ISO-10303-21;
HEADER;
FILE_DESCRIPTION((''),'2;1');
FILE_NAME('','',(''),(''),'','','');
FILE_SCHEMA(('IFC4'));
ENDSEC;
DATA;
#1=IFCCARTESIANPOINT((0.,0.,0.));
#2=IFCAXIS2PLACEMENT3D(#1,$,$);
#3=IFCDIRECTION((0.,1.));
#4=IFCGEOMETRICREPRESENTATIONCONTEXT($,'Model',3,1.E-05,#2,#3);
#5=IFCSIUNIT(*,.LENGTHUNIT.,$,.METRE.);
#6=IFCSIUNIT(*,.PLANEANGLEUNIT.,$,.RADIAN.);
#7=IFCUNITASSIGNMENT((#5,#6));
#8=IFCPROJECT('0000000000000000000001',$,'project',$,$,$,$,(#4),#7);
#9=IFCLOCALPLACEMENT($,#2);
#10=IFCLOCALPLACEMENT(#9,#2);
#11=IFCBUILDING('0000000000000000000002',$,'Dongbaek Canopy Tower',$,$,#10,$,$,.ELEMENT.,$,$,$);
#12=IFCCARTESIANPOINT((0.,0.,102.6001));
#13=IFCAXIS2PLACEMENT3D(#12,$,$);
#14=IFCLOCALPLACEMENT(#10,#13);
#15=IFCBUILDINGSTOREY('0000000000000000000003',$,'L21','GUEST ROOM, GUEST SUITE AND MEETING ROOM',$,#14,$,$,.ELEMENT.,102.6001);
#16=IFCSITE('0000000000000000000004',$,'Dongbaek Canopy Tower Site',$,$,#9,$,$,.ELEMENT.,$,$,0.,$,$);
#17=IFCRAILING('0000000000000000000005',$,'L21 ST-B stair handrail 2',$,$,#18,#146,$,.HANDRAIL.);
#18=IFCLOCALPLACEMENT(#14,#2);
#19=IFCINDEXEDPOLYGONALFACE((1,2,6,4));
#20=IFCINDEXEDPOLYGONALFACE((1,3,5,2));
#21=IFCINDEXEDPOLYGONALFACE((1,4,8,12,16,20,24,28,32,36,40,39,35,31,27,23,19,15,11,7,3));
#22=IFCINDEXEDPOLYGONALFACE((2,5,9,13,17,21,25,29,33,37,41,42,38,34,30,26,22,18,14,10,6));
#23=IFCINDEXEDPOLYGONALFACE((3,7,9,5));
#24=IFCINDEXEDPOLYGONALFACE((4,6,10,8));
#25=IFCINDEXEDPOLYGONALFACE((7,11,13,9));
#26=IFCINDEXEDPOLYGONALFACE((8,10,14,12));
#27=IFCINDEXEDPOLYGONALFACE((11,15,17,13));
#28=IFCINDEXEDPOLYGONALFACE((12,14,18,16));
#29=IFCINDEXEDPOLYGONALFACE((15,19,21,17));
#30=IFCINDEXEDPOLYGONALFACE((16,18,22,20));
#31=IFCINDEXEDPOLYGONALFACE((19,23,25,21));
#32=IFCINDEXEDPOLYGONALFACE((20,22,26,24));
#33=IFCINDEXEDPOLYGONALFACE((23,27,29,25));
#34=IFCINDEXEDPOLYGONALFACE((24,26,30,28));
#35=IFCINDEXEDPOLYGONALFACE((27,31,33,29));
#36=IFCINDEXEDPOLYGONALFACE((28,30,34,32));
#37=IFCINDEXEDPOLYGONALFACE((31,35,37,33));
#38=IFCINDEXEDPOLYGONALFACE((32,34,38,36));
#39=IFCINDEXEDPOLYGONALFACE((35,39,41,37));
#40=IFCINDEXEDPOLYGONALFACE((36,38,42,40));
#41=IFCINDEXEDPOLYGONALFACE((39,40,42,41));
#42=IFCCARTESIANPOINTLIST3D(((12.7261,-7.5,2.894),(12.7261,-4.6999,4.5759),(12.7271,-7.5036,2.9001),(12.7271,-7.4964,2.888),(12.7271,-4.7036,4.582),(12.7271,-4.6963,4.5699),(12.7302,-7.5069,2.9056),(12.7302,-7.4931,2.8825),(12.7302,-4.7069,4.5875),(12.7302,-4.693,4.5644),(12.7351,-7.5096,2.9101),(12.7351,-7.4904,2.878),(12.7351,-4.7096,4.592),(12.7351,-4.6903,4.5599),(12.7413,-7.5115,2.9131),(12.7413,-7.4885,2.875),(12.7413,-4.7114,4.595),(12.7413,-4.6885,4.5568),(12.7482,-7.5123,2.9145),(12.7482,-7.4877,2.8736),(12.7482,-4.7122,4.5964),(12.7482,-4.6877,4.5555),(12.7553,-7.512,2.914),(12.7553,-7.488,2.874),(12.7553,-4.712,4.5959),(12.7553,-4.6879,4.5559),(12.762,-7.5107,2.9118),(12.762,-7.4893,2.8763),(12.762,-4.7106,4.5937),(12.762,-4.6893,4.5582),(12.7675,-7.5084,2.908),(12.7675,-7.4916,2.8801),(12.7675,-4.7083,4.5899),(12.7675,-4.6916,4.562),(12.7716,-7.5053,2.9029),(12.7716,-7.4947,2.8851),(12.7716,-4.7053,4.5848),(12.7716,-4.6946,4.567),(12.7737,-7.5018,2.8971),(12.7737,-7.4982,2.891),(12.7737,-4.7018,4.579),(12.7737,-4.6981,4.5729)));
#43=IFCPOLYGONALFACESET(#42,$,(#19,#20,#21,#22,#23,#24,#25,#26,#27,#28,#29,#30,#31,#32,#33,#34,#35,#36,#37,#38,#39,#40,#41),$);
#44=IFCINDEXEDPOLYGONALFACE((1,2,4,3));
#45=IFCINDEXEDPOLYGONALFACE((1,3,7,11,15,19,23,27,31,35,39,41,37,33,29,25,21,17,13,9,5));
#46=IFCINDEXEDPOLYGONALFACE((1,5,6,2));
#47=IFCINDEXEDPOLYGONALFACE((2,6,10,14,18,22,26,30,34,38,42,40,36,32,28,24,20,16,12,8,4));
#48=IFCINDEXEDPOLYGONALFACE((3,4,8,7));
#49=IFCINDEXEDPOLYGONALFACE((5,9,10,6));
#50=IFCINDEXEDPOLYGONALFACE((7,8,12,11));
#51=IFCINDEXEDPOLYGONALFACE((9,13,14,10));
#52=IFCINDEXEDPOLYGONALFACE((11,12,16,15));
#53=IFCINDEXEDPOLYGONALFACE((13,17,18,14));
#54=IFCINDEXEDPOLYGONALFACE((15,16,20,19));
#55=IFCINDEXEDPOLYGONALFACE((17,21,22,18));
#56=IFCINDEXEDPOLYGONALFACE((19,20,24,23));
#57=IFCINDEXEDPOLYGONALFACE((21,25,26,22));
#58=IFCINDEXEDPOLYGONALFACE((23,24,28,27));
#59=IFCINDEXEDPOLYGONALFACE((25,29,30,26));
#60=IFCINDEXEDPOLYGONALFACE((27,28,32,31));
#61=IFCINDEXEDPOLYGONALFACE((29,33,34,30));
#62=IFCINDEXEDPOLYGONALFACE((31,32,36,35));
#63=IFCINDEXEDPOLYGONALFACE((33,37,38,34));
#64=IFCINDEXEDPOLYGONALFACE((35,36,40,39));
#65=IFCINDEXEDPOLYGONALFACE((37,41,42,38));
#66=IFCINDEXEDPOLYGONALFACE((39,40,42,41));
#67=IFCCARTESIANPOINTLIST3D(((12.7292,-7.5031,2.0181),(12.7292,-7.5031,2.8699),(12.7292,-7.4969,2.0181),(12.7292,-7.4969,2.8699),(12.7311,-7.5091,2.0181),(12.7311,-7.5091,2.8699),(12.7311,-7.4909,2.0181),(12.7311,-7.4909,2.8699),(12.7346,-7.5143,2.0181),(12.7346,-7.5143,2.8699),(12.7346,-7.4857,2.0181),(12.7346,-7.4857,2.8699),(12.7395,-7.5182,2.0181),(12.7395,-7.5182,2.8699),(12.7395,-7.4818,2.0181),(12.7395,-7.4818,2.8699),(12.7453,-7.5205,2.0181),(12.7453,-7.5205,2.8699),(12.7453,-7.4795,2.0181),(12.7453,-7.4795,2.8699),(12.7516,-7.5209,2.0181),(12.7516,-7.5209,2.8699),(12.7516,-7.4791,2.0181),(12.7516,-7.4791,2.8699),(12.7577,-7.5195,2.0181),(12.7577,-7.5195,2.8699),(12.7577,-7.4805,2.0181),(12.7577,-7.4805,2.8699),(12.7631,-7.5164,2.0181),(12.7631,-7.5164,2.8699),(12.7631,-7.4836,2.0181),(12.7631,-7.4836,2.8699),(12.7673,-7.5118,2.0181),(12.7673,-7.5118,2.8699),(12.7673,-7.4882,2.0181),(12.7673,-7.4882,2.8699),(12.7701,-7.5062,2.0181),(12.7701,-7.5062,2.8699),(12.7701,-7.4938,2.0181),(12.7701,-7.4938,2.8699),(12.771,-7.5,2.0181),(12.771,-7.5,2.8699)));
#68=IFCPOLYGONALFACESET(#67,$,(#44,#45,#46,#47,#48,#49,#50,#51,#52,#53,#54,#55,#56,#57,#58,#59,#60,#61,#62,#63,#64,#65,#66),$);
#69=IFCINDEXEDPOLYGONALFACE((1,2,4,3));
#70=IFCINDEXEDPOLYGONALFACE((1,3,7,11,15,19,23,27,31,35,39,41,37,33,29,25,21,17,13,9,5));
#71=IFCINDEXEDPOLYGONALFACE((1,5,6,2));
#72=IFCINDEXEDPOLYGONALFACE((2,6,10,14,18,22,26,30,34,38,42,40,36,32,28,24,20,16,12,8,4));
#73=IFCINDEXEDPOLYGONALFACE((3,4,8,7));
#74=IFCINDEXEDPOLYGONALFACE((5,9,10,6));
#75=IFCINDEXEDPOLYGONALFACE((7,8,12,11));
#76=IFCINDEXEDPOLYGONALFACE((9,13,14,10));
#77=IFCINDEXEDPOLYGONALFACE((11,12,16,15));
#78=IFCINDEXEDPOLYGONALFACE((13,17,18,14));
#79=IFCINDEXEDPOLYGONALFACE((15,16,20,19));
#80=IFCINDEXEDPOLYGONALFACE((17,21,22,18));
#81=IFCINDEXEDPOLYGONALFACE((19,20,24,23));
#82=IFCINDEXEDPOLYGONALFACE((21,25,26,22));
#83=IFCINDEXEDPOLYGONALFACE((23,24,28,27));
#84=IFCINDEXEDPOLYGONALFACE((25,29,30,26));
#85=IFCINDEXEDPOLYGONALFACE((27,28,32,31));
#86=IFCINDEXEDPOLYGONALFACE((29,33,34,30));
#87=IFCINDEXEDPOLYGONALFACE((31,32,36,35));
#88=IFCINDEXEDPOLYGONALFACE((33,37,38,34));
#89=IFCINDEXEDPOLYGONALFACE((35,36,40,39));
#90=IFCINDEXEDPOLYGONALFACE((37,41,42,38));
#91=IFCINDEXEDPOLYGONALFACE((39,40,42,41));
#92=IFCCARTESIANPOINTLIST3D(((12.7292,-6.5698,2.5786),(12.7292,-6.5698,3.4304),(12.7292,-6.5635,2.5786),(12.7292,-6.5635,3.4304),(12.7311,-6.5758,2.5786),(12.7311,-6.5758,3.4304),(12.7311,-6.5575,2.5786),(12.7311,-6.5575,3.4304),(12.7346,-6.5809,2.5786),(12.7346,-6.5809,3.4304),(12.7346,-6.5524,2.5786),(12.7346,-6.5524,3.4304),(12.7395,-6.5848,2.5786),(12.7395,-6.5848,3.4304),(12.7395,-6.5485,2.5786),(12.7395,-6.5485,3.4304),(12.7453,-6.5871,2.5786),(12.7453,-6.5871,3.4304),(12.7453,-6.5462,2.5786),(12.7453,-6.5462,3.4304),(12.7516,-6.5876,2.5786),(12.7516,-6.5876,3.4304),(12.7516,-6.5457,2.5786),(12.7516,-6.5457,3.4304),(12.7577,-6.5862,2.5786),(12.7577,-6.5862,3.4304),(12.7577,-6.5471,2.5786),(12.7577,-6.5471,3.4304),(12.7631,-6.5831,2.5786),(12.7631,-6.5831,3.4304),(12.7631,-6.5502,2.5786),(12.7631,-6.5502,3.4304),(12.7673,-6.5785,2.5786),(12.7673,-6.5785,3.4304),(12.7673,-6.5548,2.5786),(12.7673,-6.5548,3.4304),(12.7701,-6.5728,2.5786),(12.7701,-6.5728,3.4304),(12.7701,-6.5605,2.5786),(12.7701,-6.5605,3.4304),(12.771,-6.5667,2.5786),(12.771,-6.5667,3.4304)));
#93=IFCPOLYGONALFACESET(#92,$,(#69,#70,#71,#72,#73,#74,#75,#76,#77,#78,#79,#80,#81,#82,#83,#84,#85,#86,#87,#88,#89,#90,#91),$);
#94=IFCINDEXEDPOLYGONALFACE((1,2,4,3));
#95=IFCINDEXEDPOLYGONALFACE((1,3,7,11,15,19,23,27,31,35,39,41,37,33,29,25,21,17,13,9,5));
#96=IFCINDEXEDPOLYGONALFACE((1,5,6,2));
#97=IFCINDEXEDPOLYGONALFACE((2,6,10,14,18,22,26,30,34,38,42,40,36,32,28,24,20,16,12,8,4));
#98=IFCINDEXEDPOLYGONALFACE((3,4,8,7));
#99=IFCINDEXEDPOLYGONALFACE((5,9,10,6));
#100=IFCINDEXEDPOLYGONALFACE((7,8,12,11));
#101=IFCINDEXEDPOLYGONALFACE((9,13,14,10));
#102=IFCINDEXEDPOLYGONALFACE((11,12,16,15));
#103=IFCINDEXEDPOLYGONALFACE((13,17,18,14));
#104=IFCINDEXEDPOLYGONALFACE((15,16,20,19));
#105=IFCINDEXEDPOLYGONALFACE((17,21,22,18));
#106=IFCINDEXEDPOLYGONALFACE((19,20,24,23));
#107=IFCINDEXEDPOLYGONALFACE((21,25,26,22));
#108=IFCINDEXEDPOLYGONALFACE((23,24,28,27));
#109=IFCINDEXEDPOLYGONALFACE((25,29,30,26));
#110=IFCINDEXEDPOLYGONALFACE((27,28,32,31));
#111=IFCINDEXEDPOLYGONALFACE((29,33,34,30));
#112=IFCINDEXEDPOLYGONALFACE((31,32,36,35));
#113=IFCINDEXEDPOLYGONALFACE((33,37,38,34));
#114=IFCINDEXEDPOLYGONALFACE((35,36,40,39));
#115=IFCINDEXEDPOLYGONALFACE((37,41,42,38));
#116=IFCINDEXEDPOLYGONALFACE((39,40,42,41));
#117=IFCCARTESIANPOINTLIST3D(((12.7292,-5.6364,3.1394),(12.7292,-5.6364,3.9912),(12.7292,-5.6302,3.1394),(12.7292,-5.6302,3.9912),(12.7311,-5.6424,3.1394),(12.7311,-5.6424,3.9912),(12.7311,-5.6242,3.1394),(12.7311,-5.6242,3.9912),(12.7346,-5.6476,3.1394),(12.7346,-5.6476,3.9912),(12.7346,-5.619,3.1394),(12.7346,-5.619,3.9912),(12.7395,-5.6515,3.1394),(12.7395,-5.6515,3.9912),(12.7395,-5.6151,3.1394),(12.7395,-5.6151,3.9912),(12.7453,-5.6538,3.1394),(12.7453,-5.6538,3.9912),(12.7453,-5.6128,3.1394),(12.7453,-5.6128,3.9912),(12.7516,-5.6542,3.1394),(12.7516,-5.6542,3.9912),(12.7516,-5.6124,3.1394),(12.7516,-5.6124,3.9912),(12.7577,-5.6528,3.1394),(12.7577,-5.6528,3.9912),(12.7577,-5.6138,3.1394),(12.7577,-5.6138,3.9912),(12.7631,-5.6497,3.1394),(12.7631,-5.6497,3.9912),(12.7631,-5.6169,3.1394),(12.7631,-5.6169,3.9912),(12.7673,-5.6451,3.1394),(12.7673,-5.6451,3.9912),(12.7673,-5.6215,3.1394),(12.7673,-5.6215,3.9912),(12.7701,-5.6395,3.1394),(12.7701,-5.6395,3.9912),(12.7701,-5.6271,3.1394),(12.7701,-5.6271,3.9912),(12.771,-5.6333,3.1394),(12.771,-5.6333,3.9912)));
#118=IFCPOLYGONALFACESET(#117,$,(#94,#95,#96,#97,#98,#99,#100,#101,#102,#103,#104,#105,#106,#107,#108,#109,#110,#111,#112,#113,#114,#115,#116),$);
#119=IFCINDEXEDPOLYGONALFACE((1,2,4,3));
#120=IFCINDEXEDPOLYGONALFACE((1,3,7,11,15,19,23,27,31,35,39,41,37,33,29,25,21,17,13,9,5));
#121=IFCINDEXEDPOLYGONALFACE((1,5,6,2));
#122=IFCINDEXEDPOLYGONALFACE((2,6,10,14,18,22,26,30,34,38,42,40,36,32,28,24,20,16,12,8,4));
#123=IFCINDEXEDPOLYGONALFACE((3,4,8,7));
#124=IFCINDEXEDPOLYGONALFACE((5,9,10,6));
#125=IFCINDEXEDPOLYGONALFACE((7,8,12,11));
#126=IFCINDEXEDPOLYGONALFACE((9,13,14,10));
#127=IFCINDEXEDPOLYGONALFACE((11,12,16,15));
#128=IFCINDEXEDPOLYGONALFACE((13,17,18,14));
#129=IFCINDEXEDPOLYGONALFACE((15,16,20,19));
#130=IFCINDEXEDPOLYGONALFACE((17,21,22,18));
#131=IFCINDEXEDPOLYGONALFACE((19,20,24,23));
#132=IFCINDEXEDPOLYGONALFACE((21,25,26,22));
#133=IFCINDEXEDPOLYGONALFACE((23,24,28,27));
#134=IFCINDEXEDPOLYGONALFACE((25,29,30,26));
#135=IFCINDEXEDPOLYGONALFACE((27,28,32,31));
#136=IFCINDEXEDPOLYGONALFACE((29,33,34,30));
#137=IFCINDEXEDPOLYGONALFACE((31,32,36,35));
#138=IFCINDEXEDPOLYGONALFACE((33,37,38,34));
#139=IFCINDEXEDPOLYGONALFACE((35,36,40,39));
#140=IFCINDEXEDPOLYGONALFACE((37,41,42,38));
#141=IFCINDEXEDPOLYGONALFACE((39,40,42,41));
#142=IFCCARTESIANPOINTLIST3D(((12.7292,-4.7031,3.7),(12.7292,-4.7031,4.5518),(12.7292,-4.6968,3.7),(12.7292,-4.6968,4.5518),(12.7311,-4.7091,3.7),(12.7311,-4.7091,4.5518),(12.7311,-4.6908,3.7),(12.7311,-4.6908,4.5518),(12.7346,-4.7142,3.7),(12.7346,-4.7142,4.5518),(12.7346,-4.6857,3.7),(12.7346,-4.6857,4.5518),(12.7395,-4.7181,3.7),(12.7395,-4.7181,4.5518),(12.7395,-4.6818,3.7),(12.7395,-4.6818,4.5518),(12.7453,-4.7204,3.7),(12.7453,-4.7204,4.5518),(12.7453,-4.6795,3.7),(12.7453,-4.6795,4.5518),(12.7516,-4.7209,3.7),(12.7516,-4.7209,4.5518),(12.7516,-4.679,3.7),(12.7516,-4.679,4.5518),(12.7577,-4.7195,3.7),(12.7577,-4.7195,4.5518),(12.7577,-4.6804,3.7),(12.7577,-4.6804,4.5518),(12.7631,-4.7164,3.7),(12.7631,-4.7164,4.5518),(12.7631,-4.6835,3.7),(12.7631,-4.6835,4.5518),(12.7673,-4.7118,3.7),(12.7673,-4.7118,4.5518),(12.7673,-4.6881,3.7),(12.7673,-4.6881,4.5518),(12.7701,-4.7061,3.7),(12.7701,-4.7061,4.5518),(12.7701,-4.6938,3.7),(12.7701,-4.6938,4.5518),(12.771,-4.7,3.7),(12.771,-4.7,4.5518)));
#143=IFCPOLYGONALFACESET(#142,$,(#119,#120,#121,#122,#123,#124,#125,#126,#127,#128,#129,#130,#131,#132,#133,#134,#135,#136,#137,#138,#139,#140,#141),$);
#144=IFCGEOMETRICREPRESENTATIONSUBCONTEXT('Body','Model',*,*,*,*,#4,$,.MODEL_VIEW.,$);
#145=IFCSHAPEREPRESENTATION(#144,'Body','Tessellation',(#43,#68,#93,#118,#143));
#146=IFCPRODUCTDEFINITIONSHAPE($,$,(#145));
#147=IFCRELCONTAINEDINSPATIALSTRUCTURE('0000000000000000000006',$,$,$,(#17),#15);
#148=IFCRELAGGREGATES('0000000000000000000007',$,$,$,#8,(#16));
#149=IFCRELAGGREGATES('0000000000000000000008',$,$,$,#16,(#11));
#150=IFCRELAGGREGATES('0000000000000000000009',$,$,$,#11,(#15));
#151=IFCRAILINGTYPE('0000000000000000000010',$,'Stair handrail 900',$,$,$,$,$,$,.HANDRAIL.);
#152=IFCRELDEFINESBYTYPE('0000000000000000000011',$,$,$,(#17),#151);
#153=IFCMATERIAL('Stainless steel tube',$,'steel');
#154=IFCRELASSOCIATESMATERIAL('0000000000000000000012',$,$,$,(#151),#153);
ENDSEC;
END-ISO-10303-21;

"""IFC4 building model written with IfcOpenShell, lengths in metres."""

from ifc_helpers import new_model, si_unit, direction, frame, origin, origin_2d, place, context, subcontext, project, spatial, circle, extrude, material, type_object, element, save


model = new_model("IFC4")

# Units and contexts
model_context = context("Model", 3, precision=1e-05, world=origin(), true_north=direction((0.0, 1.0)))
body_context = subcontext(model_context, "Body", "Model", "MODEL_VIEW")
ifc_project = project(units=[si_unit("LENGTHUNIT", "METRE"), si_unit("PLANEANGLEUNIT", "RADIAN")], contexts=[model_context])

# Site, building, storey
site_placement = place(None, origin())
site = spatial("IfcSite", under=ifc_project, at=site_placement, Name="Dongbaek Canopy Tower Site", CompositionType="ELEMENT", RefElevation=0.0)
building_placement = place(site_placement, origin())
building = spatial("IfcBuilding", under=site, at=building_placement, Name="Dongbaek Canopy Tower", CompositionType="ELEMENT")
storey_placement = place(building_placement, frame((0.0, 0.0, 102.6001)))
storey = spatial("IfcBuildingStorey", under=building, at=storey_placement, Name="L21", Description="GUEST ROOM, GUEST SUITE AND MEETING ROOM", CompositionType="ELEMENT", Elevation=102.6001)

# Railing
ifc_material_1 = material(Name="Stainless steel tube", Category="steel")
railing_type_1 = type_object("IfcRailingType", Name="Stair handrail 900", PredefinedType="HANDRAIL", material=ifc_material_1)
railing_1_placement = place(storey_placement, frame((12.75, -7.5, 2.0181)))
element("IfcRailing", 1, at=railing_1_placement, inside=storey, type_object=railing_type_1, Name="L21 ST-B stair handrail 2", PredefinedType="HANDRAIL", context=body_context, shape_type="SweptSolid", body=[
    extrude(circle(Radius=0.0239, at=origin_2d()), frame((0.0, 0.0, 0.876), z_axis=(0.0, 0.857242, 0.514913), x_axis=(-1.0, 0.0, 0.0)), (0.0, 0.0, 1.0), 3.2664),
    extrude(circle(Radius=0.021, at=origin_2d()), origin(), (0.0, 0.0, 1.0), 0.8518),
    extrude(circle(Radius=0.021, at=origin_2d()), frame((0.0, 0.9333, 0.5605)), (0.0, 0.0, 1.0), 0.8518),
    extrude(circle(Radius=0.021, at=origin_2d()), frame((0.0, 1.8667, 1.1213)), (0.0, 0.0, 1.0), 0.8518),
    extrude(circle(Radius=0.021, at=origin_2d()), frame((0.0, 2.8, 1.6819)), (0.0, 0.0, 1.0), 0.8518),
])

save(model, "model.ifc")
